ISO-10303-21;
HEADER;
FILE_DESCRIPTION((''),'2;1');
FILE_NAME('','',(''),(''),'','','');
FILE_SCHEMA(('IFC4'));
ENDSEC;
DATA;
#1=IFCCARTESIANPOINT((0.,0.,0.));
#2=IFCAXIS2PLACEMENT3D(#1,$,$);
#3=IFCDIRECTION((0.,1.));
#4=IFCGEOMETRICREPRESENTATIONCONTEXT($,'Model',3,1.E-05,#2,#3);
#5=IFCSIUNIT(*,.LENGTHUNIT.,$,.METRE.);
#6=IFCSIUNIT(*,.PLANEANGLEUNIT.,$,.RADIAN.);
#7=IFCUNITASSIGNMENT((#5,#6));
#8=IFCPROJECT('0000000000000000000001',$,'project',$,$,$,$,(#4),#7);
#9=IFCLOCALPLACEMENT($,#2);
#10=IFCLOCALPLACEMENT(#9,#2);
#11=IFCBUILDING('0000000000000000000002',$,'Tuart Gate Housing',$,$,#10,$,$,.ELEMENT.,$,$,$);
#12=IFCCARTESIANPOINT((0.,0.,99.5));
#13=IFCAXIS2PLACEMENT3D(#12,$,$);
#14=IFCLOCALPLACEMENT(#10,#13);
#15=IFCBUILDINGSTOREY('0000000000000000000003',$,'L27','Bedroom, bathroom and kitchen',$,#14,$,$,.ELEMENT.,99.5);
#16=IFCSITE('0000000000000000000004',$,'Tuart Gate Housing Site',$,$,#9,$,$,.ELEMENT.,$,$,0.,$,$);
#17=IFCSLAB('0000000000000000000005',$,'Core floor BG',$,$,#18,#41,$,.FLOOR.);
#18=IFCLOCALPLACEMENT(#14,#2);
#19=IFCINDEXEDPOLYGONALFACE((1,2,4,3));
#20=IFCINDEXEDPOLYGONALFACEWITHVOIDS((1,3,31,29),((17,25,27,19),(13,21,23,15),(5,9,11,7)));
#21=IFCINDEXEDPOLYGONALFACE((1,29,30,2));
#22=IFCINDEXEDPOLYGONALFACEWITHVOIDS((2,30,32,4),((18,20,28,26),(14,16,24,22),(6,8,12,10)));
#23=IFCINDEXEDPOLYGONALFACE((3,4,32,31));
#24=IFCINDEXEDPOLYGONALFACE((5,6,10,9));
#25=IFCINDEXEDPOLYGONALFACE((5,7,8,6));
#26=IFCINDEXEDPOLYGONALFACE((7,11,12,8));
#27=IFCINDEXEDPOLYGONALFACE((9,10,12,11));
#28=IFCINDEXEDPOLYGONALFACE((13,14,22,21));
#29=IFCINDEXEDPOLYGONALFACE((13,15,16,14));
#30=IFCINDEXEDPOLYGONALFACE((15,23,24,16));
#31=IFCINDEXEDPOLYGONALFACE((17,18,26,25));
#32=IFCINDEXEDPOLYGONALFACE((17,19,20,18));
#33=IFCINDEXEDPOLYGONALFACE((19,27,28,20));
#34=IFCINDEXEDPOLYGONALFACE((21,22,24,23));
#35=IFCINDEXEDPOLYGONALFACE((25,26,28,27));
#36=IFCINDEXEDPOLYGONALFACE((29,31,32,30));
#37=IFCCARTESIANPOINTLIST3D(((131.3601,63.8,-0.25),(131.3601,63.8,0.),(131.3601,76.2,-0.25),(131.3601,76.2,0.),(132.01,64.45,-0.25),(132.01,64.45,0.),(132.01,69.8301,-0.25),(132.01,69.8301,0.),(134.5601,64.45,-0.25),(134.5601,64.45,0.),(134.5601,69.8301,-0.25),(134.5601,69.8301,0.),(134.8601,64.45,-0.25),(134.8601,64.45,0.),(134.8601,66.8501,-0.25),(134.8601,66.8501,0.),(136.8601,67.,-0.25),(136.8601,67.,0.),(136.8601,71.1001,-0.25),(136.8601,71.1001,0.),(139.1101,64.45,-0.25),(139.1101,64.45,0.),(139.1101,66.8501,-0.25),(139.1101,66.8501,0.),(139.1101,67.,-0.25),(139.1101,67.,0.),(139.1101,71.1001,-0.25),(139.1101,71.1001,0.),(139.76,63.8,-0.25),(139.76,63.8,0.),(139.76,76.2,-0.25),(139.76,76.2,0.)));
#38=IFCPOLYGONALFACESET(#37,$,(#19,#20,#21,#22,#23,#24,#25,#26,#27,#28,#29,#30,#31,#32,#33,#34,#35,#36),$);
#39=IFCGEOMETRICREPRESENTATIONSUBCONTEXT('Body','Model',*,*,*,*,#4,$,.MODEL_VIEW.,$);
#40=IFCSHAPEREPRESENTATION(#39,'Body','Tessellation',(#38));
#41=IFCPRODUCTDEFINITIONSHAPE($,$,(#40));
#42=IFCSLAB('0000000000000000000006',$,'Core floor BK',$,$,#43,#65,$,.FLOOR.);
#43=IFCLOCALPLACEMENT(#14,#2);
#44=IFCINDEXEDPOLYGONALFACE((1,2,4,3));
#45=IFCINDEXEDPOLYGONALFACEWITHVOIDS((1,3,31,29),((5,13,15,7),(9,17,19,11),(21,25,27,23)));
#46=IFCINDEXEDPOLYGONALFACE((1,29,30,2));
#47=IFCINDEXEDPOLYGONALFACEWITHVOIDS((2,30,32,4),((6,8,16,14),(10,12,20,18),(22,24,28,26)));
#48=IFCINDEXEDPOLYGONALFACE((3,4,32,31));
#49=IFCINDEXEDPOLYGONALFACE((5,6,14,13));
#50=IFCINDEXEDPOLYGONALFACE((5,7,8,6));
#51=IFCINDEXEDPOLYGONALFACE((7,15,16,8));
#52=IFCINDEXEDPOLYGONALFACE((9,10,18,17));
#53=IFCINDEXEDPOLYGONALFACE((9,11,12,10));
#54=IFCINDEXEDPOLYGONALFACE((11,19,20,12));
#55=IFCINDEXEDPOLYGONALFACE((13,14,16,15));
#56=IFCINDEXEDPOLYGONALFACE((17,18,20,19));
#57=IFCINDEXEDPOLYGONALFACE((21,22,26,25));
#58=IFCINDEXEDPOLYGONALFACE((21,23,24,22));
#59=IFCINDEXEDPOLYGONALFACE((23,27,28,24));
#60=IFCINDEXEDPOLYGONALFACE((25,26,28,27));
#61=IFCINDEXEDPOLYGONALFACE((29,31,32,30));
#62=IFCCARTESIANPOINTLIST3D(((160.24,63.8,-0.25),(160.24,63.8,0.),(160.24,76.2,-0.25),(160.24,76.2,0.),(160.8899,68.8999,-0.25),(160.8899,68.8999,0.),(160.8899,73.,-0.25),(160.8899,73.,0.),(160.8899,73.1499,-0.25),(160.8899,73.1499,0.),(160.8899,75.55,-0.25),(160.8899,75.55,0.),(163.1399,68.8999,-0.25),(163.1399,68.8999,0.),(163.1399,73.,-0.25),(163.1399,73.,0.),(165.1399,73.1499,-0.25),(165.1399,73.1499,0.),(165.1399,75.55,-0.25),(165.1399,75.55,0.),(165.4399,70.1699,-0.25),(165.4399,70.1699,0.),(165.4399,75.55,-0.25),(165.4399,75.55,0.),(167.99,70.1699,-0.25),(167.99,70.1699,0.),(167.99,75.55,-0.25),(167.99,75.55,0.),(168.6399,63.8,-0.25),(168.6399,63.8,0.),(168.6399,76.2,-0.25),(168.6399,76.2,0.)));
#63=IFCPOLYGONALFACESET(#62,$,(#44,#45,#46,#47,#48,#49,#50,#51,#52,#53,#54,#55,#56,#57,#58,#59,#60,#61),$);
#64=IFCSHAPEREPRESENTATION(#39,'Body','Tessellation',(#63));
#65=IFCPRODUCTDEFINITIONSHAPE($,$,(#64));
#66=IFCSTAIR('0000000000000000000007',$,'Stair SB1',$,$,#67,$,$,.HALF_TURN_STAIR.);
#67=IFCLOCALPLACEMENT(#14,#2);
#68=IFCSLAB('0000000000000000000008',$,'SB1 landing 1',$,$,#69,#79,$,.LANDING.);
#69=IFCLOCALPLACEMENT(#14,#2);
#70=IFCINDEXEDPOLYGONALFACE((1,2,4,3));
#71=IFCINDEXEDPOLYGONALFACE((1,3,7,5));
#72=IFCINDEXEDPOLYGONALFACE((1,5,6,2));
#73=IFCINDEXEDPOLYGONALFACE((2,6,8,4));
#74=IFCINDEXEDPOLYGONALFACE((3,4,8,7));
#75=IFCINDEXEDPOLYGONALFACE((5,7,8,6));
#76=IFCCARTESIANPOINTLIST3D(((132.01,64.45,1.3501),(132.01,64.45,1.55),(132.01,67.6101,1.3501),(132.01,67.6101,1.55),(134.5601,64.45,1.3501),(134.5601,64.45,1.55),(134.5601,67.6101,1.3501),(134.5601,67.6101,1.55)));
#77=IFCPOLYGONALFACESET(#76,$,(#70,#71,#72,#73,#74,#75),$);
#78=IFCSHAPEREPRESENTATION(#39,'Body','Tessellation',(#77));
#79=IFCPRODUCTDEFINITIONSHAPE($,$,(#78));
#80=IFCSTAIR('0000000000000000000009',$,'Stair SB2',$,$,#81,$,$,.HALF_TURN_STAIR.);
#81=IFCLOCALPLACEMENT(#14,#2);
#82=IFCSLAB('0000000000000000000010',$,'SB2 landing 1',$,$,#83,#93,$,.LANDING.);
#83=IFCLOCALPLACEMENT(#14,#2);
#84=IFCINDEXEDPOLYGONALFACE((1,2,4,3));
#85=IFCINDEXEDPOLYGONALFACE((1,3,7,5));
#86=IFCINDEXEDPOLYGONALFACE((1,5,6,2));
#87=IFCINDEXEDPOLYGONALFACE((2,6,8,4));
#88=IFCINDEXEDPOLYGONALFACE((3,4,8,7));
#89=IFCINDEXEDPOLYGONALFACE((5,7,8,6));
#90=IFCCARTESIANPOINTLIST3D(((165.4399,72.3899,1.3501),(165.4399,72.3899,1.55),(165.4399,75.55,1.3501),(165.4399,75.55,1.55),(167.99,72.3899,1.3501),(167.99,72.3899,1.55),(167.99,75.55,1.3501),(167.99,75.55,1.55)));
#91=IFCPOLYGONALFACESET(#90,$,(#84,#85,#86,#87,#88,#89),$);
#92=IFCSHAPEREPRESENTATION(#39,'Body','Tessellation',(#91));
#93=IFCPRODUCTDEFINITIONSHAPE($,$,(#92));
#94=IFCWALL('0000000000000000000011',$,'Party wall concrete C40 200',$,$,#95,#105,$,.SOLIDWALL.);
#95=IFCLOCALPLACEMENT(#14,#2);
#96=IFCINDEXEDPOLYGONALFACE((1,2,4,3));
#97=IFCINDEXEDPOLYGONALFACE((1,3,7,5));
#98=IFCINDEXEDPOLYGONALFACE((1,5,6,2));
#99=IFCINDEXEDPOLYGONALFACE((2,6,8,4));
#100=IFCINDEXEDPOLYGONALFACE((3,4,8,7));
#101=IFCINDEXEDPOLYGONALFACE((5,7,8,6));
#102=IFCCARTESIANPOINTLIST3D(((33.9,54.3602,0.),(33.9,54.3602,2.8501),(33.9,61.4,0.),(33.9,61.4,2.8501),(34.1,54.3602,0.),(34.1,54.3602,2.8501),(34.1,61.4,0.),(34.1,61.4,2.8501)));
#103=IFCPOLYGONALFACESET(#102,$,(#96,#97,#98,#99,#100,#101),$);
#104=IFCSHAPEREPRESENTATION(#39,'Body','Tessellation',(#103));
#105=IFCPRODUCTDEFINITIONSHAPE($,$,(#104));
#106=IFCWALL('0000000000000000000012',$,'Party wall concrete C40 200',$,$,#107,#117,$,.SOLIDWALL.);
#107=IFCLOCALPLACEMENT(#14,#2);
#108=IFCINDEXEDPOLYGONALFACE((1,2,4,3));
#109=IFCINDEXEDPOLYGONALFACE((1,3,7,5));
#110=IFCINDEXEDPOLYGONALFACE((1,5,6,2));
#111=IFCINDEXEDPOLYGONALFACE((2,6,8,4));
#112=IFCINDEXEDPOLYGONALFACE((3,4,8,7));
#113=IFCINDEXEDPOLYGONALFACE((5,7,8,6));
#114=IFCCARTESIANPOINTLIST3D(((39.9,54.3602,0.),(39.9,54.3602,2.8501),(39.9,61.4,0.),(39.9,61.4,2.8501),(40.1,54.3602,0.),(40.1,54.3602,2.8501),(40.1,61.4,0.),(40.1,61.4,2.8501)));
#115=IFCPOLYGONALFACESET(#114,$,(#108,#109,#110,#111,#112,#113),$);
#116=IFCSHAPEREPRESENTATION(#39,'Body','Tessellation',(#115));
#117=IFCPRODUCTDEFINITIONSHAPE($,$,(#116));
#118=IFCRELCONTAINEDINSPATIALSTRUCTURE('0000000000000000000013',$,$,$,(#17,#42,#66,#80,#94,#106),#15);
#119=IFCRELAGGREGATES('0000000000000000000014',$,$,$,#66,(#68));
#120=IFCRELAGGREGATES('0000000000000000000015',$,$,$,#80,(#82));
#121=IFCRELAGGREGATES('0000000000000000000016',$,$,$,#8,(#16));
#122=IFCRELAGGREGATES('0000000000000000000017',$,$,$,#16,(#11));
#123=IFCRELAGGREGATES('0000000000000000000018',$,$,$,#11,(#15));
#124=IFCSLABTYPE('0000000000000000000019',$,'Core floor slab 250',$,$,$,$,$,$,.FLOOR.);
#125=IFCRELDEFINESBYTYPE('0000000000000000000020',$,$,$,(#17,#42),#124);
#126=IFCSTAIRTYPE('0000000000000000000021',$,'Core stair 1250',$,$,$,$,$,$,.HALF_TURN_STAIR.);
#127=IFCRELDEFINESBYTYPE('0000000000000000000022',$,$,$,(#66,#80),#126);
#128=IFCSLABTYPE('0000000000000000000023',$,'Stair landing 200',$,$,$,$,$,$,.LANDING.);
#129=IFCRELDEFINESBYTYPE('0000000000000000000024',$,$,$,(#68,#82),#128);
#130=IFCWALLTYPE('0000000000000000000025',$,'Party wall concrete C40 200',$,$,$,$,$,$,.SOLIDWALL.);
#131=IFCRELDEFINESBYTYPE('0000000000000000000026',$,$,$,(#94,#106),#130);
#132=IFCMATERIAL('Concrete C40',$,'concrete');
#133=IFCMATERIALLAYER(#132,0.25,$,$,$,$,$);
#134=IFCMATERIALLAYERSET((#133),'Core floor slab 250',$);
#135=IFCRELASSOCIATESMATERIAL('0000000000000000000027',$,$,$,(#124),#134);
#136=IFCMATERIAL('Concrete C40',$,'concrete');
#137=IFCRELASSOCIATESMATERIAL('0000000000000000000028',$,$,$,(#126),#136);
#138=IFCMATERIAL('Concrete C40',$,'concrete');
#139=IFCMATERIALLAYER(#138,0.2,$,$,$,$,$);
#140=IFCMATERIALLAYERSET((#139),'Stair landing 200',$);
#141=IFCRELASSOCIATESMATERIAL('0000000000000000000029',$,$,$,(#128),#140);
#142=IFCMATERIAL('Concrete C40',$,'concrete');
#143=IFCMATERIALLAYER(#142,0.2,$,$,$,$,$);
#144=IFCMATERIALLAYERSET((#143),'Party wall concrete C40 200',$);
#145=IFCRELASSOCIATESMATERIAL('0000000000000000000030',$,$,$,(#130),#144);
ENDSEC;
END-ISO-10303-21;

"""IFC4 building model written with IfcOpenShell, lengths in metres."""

from ifc_helpers import new_model, si_unit, direction, frame, frame_2d, origin, place, context, subcontext, project, spatial, polyline, rectangle, outline, extrude, material, layer, layer_set, type_object, element, aggregate, save


model = new_model("IFC4")

# Units and contexts
model_context = context("Model", 3, precision=1e-05, world=origin(), true_north=direction((0.0, 1.0)))
body_context = subcontext(model_context, "Body", "Model", "MODEL_VIEW")
ifc_project = project(units=[si_unit("LENGTHUNIT", "METRE"), si_unit("PLANEANGLEUNIT", "RADIAN")], contexts=[model_context])

# Site, building, storey
site_placement = place(None, origin())
site = spatial("IfcSite", under=ifc_project, at=site_placement, Name="Tuart Gate Housing Site", CompositionType="ELEMENT", RefElevation=0.0)
building_placement = place(site_placement, origin())
building = spatial("IfcBuilding", under=site, at=building_placement, Name="Tuart Gate Housing", CompositionType="ELEMENT")
storey_placement = place(building_placement, frame((0.0, 0.0, 99.5)))
storey = spatial("IfcBuildingStorey", under=building, at=storey_placement, Name="L27", Description="Bedroom, bathroom and kitchen", CompositionType="ELEMENT", Elevation=99.5)

# Slabs
ifc_material_1 = material(Name="Concrete C40", Category="concrete")
ifc_layer_1 = layer(ifc_material_1, 0.25)
ifc_layer_set_1 = layer_set([ifc_layer_1], Name="Core floor slab 250")
slab_type_1 = type_object("IfcSlabType", Name="Core floor slab 250", PredefinedType="FLOOR", material=ifc_layer_set_1)
slab_1_placement = place(storey_placement, frame((0.0, 0.0, -0.25)))
element("IfcSlab", 1, at=slab_1_placement, inside=storey, type_object=slab_type_1, Name="Core floor BG", PredefinedType="FLOOR", context=body_context, shape_type="SweptSolid", body=[
    extrude(outline(polyline([(131.3601, 63.8), (139.76, 63.8), (139.76, 76.2), (131.3601, 76.2), (131.3601, 63.8)]), holes=[polyline([(139.1101, 66.8501), (134.8601, 66.8501), (134.8601, 64.45), (139.1101, 64.45), (139.1101, 66.8501)]), polyline([(139.1101, 71.1001), (136.8601, 71.1001), (136.8601, 67.0), (139.1101, 67.0), (139.1101, 71.1001)]), polyline([(134.5601, 69.8301), (132.01, 69.8301), (132.01, 64.45), (134.5601, 64.45), (134.5601, 69.8301)])]), origin(), (0.0, 0.0, 1.0), 0.25),
])
slab_2_placement = place(storey_placement, frame((0.0, 0.0, -0.25)))
element("IfcSlab", 2, at=slab_2_placement, inside=storey, type_object=slab_type_1, Name="Core floor BK", PredefinedType="FLOOR", context=body_context, shape_type="SweptSolid", body=[
    extrude(outline(polyline([(160.24, 63.8), (168.6399, 63.8), (168.6399, 76.2), (160.24, 76.2), (160.24, 63.8)]), holes=[polyline([(160.8899, 73.1499), (165.1399, 73.1499), (165.1399, 75.55), (160.8899, 75.55), (160.8899, 73.1499)]), polyline([(160.8899, 68.8999), (163.1399, 68.8999), (163.1399, 73.0), (160.8899, 73.0), (160.8899, 68.8999)]), polyline([(165.4399, 70.1699), (167.99, 70.1699), (167.99, 75.55), (165.4399, 75.55), (165.4399, 70.1699)])]), origin(), (0.0, 0.0, 1.0), 0.25),
])

# Stairs, slabs
ifc_material_2 = material(Name="Concrete C40", Category="concrete")
stair_type = type_object("IfcStairType", Name="Core stair 1250", PredefinedType="HALF_TURN_STAIR", material=ifc_material_2)
stair_1_placement = place(storey_placement, origin())
stair_1 = element("IfcStair", 3, at=stair_1_placement, inside=storey, type_object=stair_type, Name="Stair SB1", PredefinedType="HALF_TURN_STAIR")
ifc_material_3 = material(Name="Concrete C40", Category="concrete")
ifc_layer_2 = layer(ifc_material_3, 0.2)
ifc_layer_set_2 = layer_set([ifc_layer_2], Name="Stair landing 200")
slab_type_2 = type_object("IfcSlabType", Name="Stair landing 200", PredefinedType="LANDING", material=ifc_layer_set_2)
slab_3_placement = place(storey_placement, frame((0.0, 0.0, 1.3501)))
slab_3 = element("IfcSlab", 4, at=slab_3_placement, type_object=slab_type_2, Name="SB1 landing 1", PredefinedType="LANDING", context=body_context, shape_type="SweptSolid", body=[
    extrude(outline(polyline([(134.5601, 67.6101), (132.01, 67.6101), (132.01, 64.45), (134.5601, 64.45), (134.5601, 67.6101)])), origin(), (0.0, 0.0, 1.0), 0.2),
])
aggregate(stair_1, [slab_3])
stair_2_placement = place(storey_placement, origin())
stair_2 = element("IfcStair", 5, at=stair_2_placement, inside=storey, type_object=stair_type, Name="Stair SB2", PredefinedType="HALF_TURN_STAIR")
slab_4_placement = place(storey_placement, frame((0.0, 0.0, 1.3501)))
slab_4 = element("IfcSlab", 6, at=slab_4_placement, type_object=slab_type_2, Name="SB2 landing 1", PredefinedType="LANDING", context=body_context, shape_type="SweptSolid", body=[
    extrude(outline(polyline([(165.4399, 72.3899), (167.99, 72.3899), (167.99, 75.55), (165.4399, 75.55), (165.4399, 72.3899)])), origin(), (0.0, 0.0, 1.0), 0.2),
])
aggregate(stair_2, [slab_4])

# Walls
ifc_material_4 = material(Name="Concrete C40", Category="concrete")
ifc_layer_3 = layer(ifc_material_4, 0.2)
ifc_layer_set_3 = layer_set([ifc_layer_3], Name="Party wall concrete C40 200")
wall_type_1 = type_object("IfcWallType", Name="Party wall concrete C40 200", PredefinedType="SOLIDWALL", material=ifc_layer_set_3)
for number, where, z_axis, x_axis, name in (
    (7, (34.0, 54.3601, 0.0), (0.0, 0.0, 1.0), (0.0, 1.0, 0.0), "Party wall concrete C40 200"),
    (8, (40.0, 54.3601, 0.0), (0.0, 0.0, 1.0), (0.0, 1.0, 0.0), "Party wall concrete C40 200"),
):
    element("IfcWall", number, at=place(storey_placement, frame(where, z_axis=z_axis, x_axis=x_axis)), inside=storey, type_object=wall_type_1, Name=name, PredefinedType="SOLIDWALL", context=body_context, shape_type="SweptSolid", body=[
        extrude(rectangle(XDim=7.0398, YDim=0.2, at=frame_2d((3.52, 0.0))), origin(), (0.0, 0.0, 1.0), 2.8501),
    ])

save(model, "model.ifc")
